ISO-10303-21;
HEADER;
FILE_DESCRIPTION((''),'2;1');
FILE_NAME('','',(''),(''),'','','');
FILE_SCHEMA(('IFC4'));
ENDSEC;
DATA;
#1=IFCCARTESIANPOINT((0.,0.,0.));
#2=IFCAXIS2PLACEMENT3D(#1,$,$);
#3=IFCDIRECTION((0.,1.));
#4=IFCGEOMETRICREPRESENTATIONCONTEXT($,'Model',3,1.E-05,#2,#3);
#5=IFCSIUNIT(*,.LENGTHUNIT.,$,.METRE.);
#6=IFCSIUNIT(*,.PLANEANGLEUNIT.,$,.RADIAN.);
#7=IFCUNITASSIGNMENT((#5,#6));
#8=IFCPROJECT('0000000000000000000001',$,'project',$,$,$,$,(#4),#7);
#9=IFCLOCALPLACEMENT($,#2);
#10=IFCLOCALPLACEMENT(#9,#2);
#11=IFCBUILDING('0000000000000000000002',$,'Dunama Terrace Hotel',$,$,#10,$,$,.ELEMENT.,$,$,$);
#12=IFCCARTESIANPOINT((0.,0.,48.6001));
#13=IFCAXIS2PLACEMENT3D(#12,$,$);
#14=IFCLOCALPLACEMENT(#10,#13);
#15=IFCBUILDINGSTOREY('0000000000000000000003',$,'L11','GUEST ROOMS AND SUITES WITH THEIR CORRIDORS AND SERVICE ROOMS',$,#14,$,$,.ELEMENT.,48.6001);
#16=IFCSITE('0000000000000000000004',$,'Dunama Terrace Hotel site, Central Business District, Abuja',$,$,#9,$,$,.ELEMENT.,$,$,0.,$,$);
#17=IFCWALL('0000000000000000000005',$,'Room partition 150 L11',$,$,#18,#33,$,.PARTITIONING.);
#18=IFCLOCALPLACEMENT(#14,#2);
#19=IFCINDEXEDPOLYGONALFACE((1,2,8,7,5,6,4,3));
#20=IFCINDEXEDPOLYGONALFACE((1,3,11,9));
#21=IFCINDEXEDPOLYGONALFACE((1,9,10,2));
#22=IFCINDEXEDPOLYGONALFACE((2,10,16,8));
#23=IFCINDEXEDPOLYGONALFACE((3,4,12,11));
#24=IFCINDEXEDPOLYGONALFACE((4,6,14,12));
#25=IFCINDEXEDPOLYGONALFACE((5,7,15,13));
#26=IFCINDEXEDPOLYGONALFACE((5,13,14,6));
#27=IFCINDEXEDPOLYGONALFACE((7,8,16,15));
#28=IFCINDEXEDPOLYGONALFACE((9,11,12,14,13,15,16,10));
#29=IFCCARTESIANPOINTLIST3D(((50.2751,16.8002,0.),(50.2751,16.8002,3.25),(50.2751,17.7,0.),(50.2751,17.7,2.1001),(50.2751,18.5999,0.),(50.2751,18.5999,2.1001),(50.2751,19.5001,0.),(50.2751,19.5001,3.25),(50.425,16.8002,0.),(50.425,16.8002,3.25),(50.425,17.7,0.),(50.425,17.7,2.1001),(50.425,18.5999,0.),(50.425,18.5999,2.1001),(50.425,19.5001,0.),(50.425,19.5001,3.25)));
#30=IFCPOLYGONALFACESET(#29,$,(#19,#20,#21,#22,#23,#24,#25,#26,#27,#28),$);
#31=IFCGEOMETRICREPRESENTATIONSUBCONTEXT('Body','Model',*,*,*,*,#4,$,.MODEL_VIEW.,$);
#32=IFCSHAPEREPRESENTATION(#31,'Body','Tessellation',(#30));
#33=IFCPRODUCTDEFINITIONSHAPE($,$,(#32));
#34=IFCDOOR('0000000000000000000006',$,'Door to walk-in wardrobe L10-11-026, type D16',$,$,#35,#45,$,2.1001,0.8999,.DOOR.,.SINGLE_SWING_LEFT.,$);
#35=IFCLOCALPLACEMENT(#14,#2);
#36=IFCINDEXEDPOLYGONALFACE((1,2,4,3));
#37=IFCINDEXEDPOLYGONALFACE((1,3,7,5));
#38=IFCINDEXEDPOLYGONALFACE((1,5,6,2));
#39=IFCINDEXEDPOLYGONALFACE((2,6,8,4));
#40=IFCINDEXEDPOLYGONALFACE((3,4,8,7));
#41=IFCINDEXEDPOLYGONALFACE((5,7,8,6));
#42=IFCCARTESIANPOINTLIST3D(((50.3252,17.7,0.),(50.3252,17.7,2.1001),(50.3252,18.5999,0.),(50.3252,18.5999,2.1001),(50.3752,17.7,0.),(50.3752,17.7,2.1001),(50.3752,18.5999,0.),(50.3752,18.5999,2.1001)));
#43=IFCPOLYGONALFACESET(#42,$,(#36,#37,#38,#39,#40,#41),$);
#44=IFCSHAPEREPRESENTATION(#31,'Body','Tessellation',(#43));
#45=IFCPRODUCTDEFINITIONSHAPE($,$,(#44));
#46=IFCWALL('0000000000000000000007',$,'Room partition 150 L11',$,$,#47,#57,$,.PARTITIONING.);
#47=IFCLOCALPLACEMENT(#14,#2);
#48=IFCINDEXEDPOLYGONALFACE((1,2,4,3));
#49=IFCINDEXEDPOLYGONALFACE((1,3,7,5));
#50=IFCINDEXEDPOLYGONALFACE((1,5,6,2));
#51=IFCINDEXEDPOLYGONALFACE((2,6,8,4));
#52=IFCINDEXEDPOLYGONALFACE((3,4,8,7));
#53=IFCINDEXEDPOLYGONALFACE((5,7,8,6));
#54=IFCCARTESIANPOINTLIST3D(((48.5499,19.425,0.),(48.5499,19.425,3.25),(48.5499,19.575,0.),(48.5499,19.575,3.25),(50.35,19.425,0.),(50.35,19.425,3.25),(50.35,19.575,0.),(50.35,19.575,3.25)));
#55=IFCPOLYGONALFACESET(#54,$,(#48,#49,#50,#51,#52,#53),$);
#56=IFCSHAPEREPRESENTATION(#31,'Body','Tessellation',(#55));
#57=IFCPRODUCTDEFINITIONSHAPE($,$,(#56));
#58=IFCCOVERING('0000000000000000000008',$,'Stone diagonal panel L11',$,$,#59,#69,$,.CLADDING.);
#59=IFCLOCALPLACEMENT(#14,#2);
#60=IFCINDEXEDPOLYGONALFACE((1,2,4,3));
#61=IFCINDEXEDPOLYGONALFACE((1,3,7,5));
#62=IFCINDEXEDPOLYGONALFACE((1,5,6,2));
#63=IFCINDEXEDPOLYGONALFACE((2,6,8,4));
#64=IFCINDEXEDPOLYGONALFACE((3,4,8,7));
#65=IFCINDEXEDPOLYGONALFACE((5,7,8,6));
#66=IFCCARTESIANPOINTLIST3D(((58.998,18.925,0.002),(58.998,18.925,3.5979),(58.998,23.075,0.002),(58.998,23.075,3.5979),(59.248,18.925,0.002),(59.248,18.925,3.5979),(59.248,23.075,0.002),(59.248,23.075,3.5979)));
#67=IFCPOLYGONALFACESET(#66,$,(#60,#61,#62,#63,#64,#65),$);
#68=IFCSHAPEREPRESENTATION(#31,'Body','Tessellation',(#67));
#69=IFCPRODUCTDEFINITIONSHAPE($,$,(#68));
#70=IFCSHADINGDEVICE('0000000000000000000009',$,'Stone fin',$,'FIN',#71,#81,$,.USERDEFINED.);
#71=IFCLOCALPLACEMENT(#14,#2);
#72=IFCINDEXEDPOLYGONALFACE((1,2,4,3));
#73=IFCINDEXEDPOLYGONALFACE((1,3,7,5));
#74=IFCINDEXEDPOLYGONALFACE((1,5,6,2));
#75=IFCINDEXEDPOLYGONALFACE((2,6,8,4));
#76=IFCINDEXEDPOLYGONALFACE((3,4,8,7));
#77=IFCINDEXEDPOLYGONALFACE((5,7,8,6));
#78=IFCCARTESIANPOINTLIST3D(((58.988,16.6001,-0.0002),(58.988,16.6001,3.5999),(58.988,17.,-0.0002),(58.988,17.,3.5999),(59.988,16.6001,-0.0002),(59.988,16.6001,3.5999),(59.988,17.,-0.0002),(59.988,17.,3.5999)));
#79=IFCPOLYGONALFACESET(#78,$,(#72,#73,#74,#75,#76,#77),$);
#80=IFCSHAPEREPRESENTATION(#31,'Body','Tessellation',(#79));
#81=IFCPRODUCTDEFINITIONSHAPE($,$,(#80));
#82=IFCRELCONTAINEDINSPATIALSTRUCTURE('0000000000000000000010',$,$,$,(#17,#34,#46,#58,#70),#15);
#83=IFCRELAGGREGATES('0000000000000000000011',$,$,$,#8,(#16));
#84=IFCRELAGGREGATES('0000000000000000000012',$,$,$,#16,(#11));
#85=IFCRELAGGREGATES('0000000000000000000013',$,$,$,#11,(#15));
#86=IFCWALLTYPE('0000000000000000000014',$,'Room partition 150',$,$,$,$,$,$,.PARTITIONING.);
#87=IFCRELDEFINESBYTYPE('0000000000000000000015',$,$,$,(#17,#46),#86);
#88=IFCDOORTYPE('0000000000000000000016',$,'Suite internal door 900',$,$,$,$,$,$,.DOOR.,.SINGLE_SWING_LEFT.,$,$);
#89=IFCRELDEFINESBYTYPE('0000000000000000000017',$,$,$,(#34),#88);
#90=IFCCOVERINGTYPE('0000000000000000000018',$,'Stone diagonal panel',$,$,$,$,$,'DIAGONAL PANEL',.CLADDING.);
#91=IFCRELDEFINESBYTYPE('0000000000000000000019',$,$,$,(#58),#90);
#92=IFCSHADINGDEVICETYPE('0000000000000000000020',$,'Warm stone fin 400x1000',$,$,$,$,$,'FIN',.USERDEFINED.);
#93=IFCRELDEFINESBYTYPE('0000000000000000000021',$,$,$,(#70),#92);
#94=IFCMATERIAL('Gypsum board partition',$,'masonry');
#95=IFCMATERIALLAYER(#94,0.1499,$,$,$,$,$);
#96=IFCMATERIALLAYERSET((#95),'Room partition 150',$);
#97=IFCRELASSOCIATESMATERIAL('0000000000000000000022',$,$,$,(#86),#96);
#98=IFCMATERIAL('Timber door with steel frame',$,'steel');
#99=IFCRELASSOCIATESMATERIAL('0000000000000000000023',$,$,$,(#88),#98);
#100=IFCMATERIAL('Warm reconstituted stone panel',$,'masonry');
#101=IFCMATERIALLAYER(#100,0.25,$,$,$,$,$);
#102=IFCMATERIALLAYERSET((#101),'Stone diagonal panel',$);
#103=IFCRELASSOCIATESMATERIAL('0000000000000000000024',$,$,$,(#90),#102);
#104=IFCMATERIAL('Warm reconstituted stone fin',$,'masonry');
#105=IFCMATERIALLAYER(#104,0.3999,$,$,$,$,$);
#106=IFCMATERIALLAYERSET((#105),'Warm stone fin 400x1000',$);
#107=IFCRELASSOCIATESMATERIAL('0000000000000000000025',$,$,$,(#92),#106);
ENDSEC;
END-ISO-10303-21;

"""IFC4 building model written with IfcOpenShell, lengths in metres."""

from ifc_helpers import new_model, si_unit, direction, frame, frame_2d, origin, origin_2d, place, context, subcontext, project, spatial, rectangle, extrude, material, layer, layer_set, type_object, element, fill, save


model = new_model("IFC4")

# Units and contexts
model_context = context("Model", 3, precision=1e-05, world=origin(), true_north=direction((0.0, 1.0)))
body_context = subcontext(model_context, "Body", "Model", "MODEL_VIEW")
ifc_project = project(units=[si_unit("LENGTHUNIT", "METRE"), si_unit("PLANEANGLEUNIT", "RADIAN")], contexts=[model_context])

# Site, building, storey
site_placement = place(None, origin())
site = spatial("IfcSite", under=ifc_project, at=site_placement, Name="Dunama Terrace Hotel site, Central Business District, Abuja", CompositionType="ELEMENT", RefElevation=0.0)
building_placement = place(site_placement, origin())
building = spatial("IfcBuilding", under=site, at=building_placement, Name="Dunama Terrace Hotel", CompositionType="ELEMENT")
storey_placement = place(building_placement, frame((0.0, 0.0, 48.6001)))
storey = spatial("IfcBuildingStorey", under=building, at=storey_placement, Name="L11", Description="GUEST ROOMS AND SUITES WITH THEIR CORRIDORS AND SERVICE ROOMS", CompositionType="ELEMENT", Elevation=48.6001)

# Shared definitions
ifc_material_1 = material(Name="Gypsum board partition", Category="masonry")
ifc_layer_1 = layer(ifc_material_1, 0.1499)
ifc_layer_set_1 = layer_set([ifc_layer_1], Name="Room partition 150")
wall_type_1 = type_object("IfcWallType", Name="Room partition 150", PredefinedType="PARTITIONING", material=ifc_layer_set_1)

# Wall, opening, door
wall_1_placement = place(storey_placement, frame((50.3501, 16.8, 0.0), z_axis=(0.0, 0.0, 1.0), x_axis=(0.0, 1.0, 0.0)))
wall_1 = element("IfcWall", 1, at=wall_1_placement, inside=storey, type_object=wall_type_1, Name="Room partition 150 L11", PredefinedType="PARTITIONING", context=body_context, shape_type="SweptSolid", body=[
    extrude(rectangle(XDim=2.7, YDim=0.1499, at=frame_2d((1.3501, 0.0))), origin(), (0.0, 0.0, 1.0), 3.25),
])
opening_1_placement = place(wall_1_placement, frame((0.8999, 0.0, 0.0)))
opening_1 = element("IfcOpeningElement", 2, at=opening_1_placement, cuts=wall_1, PredefinedType="OPENING", context=body_context, shape_type="SweptSolid", body=[
    extrude(rectangle(XDim=0.8999, YDim=2.1001, at=frame_2d((0.45, 1.05))), frame((0.0, 0.085, 0.0), z_axis=(0.0, -1.0, 0.0), x_axis=(1.0, 0.0, 0.0)), (0.0, 0.0, 1.0), 0.1699),
])
ifc_material_2 = material(Name="Timber door with steel frame", Category="steel")
door_type_1 = type_object("IfcDoorType", Name="Suite internal door 900", OperationType="SINGLE_SWING_LEFT", PredefinedType="DOOR", material=ifc_material_2)
door_1_placement = place(opening_1_placement, origin())
door_1 = element("IfcDoor", 3, at=door_1_placement, inside=storey, type_object=door_type_1, Name="Door to walk-in wardrobe L10-11-026, type D16", OperationType="SINGLE_SWING_LEFT", OverallHeight=2.1001, OverallWidth=0.8999, PredefinedType="DOOR", context=body_context, shape_type="SweptSolid", body=[
    extrude(rectangle(XDim=0.8999, YDim=2.1001, at=frame_2d((0.45, 1.05))), frame((0.0, 0.0249, 0.0), z_axis=(0.0, -1.0, 0.0), x_axis=(1.0, 0.0, 0.0)), (0.0, 0.0, 1.0), 0.05),
])
fill(opening_1, door_1)

# Wall
wall_2_placement = place(storey_placement, frame((48.55, 19.5, 0.0), z_axis=(0.0, 0.0, 1.0), x_axis=(1.0, 0.0, 0.0)))
element("IfcWall", 4, at=wall_2_placement, inside=storey, type_object=wall_type_1, Name="Room partition 150 L11", PredefinedType="PARTITIONING", context=body_context, shape_type="SweptSolid", body=[
    extrude(rectangle(XDim=1.8, YDim=0.1499, at=frame_2d((0.8999, 0.0))), origin(), (0.0, 0.0, 1.0), 3.25),
])

# Covering
ifc_material_3 = material(Name="Warm reconstituted stone panel", Category="masonry")
ifc_layer_2 = layer(ifc_material_3, 0.25)
ifc_layer_set_2 = layer_set([ifc_layer_2], Name="Stone diagonal panel")
covering_type = type_object("IfcCoveringType", Name="Stone diagonal panel", ElementType="DIAGONAL PANEL", PredefinedType="CLADDING", material=ifc_layer_set_2)
covering_placement = place(storey_placement, frame((59.123, 21.0, 0.002), z_axis=(0.0, 0.0, 1.0), x_axis=(0.0, 1.0, 0.0)))
element("IfcCovering", 5, at=covering_placement, inside=storey, type_object=covering_type, Name="Stone diagonal panel L11", PredefinedType="CLADDING", context=body_context, shape_type="SweptSolid", body=[
    extrude(rectangle(XDim=4.1499, YDim=0.25, at=origin_2d()), origin(), (0.0, 0.0, 1.0), 3.5959),
])

# Shading device
ifc_material_4 = material(Name="Warm reconstituted stone fin", Category="masonry")
ifc_layer_3 = layer(ifc_material_4, 0.3999)
ifc_layer_set_3 = layer_set([ifc_layer_3], Name="Warm stone fin 400x1000")
shading_device_type = type_object("IfcShadingDeviceType", Name="Warm stone fin 400x1000", ElementType="FIN", PredefinedType="USERDEFINED", material=ifc_layer_set_3)
shading_device_placement = place(storey_placement, frame((59.488, 16.8, -0.0002), z_axis=(0.0, 0.0, 1.0), x_axis=(0.0, 1.0, 0.0)))
element("IfcShadingDevice", 6, at=shading_device_placement, inside=storey, type_object=shading_device_type, Name="Stone fin", ObjectType="FIN", PredefinedType="USERDEFINED", context=body_context, shape_type="SweptSolid", body=[
    extrude(rectangle(XDim=0.3999, YDim=1.0, at=origin_2d()), origin(), (0.0, 0.0, 1.0), 3.6001),
])

save(model, "model.ifc")
